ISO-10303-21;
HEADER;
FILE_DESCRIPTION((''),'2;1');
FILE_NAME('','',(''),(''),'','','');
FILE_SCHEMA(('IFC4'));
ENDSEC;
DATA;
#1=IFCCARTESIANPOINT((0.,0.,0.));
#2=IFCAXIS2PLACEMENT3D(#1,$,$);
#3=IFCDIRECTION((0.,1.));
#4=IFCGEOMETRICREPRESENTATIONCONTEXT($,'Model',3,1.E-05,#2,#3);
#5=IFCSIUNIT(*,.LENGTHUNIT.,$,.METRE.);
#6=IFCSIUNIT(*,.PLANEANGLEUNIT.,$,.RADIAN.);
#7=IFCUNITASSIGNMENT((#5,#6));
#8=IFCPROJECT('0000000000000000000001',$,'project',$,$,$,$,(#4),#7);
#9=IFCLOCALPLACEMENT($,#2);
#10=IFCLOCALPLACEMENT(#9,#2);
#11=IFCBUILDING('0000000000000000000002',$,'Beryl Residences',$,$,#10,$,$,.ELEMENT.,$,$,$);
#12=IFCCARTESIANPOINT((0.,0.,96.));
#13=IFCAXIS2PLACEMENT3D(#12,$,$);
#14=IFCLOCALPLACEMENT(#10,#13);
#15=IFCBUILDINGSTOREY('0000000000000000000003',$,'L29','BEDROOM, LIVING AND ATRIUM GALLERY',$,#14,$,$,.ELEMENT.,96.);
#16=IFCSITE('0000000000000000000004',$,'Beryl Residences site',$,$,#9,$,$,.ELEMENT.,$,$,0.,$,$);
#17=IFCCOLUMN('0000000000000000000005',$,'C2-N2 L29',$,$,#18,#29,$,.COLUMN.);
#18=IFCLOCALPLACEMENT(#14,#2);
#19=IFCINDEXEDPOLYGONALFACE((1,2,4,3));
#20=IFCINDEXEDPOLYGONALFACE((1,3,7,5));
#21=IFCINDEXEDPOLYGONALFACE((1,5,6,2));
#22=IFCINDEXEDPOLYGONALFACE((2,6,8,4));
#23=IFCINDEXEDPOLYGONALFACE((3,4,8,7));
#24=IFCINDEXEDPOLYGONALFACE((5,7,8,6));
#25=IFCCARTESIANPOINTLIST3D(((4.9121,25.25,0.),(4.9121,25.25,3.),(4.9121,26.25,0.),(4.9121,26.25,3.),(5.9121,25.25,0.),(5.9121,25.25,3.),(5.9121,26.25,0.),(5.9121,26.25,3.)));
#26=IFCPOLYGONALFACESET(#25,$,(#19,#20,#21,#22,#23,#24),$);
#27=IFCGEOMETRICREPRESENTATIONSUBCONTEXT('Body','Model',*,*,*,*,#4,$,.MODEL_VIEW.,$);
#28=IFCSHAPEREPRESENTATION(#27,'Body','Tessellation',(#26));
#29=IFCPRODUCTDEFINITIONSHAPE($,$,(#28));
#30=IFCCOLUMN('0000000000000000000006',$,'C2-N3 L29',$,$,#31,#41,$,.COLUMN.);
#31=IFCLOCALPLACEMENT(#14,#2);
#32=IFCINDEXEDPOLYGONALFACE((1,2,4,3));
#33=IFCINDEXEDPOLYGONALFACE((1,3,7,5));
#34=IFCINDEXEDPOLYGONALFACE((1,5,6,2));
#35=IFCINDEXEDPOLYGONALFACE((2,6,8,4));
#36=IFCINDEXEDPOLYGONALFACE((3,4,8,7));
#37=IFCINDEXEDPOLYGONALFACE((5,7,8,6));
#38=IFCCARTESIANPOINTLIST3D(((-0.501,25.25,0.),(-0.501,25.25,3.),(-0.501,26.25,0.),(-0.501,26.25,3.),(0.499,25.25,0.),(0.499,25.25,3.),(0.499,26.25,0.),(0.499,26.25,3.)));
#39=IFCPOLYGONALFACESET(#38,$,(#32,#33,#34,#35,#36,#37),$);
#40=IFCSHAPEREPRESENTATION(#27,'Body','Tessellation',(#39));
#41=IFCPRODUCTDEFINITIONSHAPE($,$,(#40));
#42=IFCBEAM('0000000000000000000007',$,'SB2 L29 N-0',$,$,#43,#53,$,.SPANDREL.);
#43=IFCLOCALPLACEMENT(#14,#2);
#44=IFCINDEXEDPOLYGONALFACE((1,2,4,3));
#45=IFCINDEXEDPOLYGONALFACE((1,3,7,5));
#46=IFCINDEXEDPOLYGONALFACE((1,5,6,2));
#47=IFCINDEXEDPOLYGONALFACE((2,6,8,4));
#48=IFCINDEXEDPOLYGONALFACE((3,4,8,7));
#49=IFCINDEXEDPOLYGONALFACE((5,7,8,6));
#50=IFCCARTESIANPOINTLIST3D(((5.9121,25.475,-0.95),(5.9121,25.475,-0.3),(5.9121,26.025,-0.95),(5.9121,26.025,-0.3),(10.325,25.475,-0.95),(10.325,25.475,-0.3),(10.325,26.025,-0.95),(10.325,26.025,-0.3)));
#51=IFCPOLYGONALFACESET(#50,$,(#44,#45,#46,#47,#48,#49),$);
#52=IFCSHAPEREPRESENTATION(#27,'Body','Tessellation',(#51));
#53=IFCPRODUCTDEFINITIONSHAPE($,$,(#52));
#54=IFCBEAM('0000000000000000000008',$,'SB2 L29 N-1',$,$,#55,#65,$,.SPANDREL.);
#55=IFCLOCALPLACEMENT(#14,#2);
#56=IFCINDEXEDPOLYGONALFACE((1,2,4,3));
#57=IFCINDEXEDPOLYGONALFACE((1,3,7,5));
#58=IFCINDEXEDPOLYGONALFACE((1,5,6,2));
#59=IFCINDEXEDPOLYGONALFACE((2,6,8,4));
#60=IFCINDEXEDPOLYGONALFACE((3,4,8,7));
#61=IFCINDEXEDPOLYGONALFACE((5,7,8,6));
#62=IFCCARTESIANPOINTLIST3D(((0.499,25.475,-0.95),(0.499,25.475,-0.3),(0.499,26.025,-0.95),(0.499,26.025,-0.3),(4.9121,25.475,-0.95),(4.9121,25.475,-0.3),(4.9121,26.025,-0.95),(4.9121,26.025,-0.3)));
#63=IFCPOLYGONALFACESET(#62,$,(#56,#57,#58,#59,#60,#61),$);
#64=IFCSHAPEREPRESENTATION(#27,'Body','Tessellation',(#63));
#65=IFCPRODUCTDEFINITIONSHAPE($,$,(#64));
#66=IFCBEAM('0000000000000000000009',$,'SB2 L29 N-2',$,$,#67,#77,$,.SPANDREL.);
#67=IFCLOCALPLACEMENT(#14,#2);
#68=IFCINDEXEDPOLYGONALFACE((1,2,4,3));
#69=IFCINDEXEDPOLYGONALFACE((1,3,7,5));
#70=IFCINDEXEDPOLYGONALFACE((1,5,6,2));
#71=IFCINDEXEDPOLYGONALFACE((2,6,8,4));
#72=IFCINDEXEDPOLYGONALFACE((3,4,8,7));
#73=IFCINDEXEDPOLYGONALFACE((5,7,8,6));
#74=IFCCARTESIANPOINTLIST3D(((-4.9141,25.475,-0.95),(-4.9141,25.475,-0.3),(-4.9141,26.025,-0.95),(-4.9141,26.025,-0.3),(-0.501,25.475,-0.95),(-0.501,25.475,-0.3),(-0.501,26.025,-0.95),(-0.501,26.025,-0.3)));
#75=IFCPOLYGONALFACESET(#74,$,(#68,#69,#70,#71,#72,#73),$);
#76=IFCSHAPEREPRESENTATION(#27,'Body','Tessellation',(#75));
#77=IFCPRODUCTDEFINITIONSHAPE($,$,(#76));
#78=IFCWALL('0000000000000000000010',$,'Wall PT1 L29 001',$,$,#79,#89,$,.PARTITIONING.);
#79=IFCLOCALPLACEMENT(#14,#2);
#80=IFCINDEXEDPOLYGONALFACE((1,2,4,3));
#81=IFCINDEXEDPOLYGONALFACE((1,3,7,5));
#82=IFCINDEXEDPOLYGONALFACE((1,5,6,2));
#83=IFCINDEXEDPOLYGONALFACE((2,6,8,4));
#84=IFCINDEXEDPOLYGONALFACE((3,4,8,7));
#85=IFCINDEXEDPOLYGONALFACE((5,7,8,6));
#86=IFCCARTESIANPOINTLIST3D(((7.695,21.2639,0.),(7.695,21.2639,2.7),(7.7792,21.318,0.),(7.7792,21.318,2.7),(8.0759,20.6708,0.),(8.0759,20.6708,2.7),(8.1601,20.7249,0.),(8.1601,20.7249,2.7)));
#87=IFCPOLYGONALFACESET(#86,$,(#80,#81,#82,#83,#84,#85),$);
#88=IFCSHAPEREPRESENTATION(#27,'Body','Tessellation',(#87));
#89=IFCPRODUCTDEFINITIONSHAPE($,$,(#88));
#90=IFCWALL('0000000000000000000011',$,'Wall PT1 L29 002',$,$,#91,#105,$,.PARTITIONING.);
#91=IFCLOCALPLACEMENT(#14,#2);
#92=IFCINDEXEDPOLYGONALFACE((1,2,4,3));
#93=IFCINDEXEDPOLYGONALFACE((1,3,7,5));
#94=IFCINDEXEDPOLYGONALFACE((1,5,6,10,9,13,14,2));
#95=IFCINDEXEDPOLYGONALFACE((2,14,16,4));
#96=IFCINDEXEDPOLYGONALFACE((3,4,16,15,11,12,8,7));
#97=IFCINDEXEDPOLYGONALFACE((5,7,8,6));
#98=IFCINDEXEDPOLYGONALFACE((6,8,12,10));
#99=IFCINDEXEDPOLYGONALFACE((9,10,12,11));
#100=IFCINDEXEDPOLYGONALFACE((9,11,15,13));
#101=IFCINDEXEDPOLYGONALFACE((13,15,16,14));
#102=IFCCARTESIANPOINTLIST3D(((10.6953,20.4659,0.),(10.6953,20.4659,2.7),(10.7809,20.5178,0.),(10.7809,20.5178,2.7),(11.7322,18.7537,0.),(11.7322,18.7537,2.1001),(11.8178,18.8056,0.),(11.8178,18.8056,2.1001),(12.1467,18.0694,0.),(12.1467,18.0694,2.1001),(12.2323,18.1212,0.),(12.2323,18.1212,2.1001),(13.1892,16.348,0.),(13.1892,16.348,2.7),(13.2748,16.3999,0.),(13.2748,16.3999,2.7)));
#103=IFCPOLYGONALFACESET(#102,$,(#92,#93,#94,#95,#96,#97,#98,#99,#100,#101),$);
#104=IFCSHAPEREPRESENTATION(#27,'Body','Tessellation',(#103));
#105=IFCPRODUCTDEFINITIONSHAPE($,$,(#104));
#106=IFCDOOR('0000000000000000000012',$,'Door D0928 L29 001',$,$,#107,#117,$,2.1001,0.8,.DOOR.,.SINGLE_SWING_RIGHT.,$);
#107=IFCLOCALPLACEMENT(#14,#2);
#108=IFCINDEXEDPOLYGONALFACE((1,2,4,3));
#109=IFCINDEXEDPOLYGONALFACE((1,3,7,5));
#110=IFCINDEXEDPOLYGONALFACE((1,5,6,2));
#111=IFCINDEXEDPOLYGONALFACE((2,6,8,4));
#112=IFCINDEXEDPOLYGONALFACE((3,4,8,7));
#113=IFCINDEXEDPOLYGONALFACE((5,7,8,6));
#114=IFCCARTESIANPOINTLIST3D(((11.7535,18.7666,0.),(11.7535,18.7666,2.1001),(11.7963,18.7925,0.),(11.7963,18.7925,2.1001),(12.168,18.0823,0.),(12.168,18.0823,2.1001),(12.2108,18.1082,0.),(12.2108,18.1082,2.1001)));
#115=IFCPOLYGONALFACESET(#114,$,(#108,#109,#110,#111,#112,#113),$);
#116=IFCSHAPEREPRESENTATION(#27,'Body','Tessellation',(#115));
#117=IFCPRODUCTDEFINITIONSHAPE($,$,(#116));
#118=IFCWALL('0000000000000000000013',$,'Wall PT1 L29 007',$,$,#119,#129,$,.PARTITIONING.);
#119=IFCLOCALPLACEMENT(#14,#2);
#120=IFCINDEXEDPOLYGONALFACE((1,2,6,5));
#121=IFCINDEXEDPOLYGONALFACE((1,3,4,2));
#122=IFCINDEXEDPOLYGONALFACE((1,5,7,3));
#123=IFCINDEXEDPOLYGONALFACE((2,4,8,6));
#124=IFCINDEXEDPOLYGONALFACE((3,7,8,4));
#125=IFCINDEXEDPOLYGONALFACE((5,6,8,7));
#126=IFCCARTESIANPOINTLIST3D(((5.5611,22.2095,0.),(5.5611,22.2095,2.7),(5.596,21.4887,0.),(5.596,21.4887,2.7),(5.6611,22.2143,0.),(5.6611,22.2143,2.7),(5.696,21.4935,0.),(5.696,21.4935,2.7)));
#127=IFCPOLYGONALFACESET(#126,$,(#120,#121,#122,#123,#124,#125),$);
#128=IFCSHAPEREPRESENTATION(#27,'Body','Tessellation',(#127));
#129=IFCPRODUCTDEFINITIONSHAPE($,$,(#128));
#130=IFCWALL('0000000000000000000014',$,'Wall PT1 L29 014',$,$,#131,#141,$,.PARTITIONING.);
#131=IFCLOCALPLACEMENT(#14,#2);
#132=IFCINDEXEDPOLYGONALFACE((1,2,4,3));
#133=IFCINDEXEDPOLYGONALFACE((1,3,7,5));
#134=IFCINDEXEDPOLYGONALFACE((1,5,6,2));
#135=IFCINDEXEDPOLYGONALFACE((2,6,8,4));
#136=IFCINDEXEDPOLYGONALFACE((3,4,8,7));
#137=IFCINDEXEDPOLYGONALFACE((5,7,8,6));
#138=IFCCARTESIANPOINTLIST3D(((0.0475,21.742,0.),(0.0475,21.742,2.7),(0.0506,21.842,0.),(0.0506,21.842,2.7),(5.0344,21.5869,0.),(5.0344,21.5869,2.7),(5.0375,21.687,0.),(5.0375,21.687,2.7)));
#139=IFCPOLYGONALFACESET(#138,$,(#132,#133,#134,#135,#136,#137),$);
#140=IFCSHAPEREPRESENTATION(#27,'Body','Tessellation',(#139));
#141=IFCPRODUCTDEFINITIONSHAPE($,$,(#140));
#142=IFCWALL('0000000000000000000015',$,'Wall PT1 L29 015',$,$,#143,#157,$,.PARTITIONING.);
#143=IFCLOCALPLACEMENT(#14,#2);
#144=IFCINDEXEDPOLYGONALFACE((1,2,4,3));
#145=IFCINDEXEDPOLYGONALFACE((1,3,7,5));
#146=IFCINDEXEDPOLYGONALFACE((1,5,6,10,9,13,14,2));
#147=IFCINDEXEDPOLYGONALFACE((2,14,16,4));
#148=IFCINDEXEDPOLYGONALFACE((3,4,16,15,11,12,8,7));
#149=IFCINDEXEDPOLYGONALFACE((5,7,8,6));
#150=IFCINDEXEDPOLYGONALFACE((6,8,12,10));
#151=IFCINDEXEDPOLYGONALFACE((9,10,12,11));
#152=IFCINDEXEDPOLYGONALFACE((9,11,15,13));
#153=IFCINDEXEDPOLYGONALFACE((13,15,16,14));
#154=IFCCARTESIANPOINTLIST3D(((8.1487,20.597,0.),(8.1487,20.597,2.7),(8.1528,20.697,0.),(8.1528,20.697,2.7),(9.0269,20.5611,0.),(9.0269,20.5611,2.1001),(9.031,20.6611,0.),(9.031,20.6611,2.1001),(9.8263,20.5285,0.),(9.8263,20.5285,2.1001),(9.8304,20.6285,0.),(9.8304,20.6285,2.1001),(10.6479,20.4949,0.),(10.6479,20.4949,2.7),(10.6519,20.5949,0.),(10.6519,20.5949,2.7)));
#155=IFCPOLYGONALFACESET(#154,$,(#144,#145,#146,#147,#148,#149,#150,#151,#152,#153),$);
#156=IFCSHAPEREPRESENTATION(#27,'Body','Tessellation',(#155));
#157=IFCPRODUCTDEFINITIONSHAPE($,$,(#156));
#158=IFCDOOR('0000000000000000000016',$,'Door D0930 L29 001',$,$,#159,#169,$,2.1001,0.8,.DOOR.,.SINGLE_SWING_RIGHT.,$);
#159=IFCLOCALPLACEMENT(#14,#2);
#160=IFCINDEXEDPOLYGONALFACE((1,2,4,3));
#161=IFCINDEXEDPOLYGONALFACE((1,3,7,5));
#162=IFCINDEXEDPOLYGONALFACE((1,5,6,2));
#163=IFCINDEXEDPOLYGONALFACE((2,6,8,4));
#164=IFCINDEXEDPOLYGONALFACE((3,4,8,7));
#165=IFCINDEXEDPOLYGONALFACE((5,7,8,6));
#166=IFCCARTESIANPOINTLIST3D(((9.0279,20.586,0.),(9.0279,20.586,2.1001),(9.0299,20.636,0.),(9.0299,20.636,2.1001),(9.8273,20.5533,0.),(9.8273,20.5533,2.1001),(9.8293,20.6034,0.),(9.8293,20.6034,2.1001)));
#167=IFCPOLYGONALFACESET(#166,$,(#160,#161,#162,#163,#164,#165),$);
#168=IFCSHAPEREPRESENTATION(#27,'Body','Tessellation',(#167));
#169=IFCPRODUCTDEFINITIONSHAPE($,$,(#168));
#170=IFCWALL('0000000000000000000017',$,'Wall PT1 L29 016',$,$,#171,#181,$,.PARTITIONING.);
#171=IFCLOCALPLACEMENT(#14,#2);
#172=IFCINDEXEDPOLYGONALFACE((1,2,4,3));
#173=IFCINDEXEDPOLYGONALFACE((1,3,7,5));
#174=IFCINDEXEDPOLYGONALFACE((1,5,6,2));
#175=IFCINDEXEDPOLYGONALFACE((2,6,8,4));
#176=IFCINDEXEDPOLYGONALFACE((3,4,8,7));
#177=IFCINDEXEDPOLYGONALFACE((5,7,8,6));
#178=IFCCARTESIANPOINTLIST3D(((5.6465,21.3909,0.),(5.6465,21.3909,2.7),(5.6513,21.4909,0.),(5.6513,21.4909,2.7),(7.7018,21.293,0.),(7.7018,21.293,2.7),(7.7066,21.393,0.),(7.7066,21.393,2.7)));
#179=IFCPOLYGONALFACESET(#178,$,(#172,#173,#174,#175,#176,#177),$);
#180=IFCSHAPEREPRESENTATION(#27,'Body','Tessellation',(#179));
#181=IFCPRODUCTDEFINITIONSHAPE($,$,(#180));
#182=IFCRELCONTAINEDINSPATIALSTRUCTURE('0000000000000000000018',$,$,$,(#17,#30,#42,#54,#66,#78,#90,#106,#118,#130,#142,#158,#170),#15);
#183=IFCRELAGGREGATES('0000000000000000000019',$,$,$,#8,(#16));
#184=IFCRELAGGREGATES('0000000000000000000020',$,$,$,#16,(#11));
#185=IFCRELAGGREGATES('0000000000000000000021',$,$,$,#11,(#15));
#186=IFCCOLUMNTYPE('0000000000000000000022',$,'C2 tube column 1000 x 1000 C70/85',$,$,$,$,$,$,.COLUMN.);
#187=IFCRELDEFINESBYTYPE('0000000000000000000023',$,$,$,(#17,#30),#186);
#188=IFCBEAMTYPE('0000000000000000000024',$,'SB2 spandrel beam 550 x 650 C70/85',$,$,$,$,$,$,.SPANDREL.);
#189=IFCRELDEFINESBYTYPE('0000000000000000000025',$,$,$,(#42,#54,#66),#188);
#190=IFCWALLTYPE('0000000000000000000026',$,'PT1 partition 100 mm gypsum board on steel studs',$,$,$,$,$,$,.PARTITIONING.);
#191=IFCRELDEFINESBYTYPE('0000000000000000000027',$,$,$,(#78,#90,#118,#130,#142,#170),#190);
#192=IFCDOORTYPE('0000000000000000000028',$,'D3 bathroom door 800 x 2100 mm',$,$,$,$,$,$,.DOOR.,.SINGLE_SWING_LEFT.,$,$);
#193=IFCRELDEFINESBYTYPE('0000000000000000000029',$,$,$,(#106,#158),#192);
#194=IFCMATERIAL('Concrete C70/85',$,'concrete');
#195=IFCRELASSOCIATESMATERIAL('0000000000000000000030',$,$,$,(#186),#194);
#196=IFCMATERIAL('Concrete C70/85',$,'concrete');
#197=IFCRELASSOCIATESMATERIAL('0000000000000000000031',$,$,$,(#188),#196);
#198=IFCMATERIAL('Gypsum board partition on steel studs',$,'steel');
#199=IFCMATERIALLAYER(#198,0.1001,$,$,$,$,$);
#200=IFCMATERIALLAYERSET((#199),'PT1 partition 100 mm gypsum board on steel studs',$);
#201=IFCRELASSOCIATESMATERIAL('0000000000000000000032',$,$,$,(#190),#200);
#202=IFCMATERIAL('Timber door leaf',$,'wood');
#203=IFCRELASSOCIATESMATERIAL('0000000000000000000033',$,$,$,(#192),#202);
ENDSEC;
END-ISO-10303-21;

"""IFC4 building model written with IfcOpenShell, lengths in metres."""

from ifc_helpers import new_model, si_unit, direction, frame, frame_2d, origin, origin_2d, place, context, subcontext, project, spatial, rectangle, extrude, material, layer, layer_set, material_profile, profile_set, type_object, element, fill, save


model = new_model("IFC4")

# Units and contexts
model_context = context("Model", 3, precision=1e-05, world=origin(), true_north=direction((0.0, 1.0)))
body_context = subcontext(model_context, "Body", "Model", "MODEL_VIEW")
ifc_project = project(units=[si_unit("LENGTHUNIT", "METRE"), si_unit("PLANEANGLEUNIT", "RADIAN")], contexts=[model_context])

# Site, building, storey
site_placement = place(None, origin())
site = spatial("IfcSite", under=ifc_project, at=site_placement, Name="Beryl Residences site", CompositionType="ELEMENT", RefElevation=0.0)
building_placement = place(site_placement, origin())
building = spatial("IfcBuilding", under=site, at=building_placement, Name="Beryl Residences", CompositionType="ELEMENT")
storey_placement = place(building_placement, frame((0.0, 0.0, 96.0)))
storey = spatial("IfcBuildingStorey", under=building, at=storey_placement, Name="L29", Description="BEDROOM, LIVING AND ATRIUM GALLERY", CompositionType="ELEMENT", Elevation=96.0)

# Columns
ifc_material_1 = material(Name="Concrete C70/85", Category="concrete")
ifc_material_profile_1 = material_profile(ifc_material_1, rectangle(XDim=1.0, YDim=1.0, at=origin_2d()))
ifc_profile_set_1 = profile_set([ifc_material_profile_1], Name="Concrete C70/85")
column_type = type_object("IfcColumnType", Name="C2 tube column 1000 x 1000 C70/85", PredefinedType="COLUMN", material=ifc_profile_set_1)
for number, where, z_axis, x_axis, name in (
    (1, (5.4121, 25.75, 0.0), (0.0, 0.0, 1.0), (-1.0, 0.0, 0.0), "C2-N2 L29"),
    (2, (-0.001, 25.75, 0.0), (0.0, 0.0, 1.0), (-1.0, 0.0, 0.0), "C2-N3 L29"),
):
    element("IfcColumn", number, at=place(storey_placement, frame(where, z_axis=z_axis, x_axis=x_axis)), inside=storey, type_object=column_type, Name=name, PredefinedType="COLUMN", context=body_context, shape_type="SweptSolid", body=[
        extrude(rectangle(XDim=1.0, YDim=1.0, at=origin_2d()), origin(), (0.0, 0.0, 1.0), 3.0),
    ])

# Beams
ifc_material_2 = material(Name="Concrete C70/85", Category="concrete")
ifc_material_profile_2 = material_profile(ifc_material_2, rectangle(XDim=0.55, YDim=0.6499, at=origin_2d()))
ifc_profile_set_2 = profile_set([ifc_material_profile_2], Name="Concrete C70/85")
beam_type = type_object("IfcBeamType", Name="SB2 spandrel beam 550 x 650 C70/85", PredefinedType="SPANDREL", material=ifc_profile_set_2)
beam_placement = place(storey_placement, frame((10.325, 25.75, -0.625), z_axis=(-1.0, 0.0, 0.0), x_axis=(0.0, -1.0, 0.0)))
element("IfcBeam", 3, at=beam_placement, inside=storey, type_object=beam_type, Name="SB2 L29 N-0", PredefinedType="SPANDREL", context=body_context, shape_type="SweptSolid", body=[
    extrude(rectangle(XDim=0.55, YDim=0.6499, at=origin_2d()), origin(), (0.0, 0.0, 1.0), 4.4128),
])
for number, where, z_axis, x_axis, name in (
    (4, (4.9121, 25.75, -0.625), (-1.0, 0.0, 0.0), (0.0, -1.0, 0.0), "SB2 L29 N-1"),
    (5, (-0.501, 25.75, -0.625), (-1.0, 0.0, 0.0), (0.0, -1.0, 0.0), "SB2 L29 N-2"),
):
    element("IfcBeam", number, at=place(storey_placement, frame(where, z_axis=z_axis, x_axis=x_axis)), inside=storey, type_object=beam_type, Name=name, PredefinedType="SPANDREL", context=body_context, shape_type="SweptSolid", body=[
        extrude(rectangle(XDim=0.55, YDim=0.6499, at=origin_2d()), origin(), (0.0, 0.0, 1.0), 4.4131),
    ])

# Wall
ifc_material_3 = material(Name="Gypsum board partition on steel studs", Category="steel")
ifc_layer_1 = layer(ifc_material_3, 0.1001)
ifc_layer_set_1 = layer_set([ifc_layer_1], Name="PT1 partition 100 mm gypsum board on steel studs")
wall_type_1 = type_object("IfcWallType", Name="PT1 partition 100 mm gypsum board on steel studs", PredefinedType="PARTITIONING", material=ifc_layer_set_1)
wall_1_placement = place(storey_placement, frame((7.7371, 21.291, 0.0), z_axis=(0.0, 0.0, 1.0), x_axis=(0.54039, -0.841415, 0.0)))
element("IfcWall", 6, at=wall_1_placement, inside=storey, type_object=wall_type_1, Name="Wall PT1 L29 001", PredefinedType="PARTITIONING", context=body_context, shape_type="SweptSolid", body=[
    extrude(rectangle(XDim=0.7048, YDim=0.1001, at=frame_2d((0.3525, 0.0))), origin(), (0.0, 0.0, 1.0), 2.7),
])

# Wall, opening, door
wall_2_placement = place(storey_placement, frame((10.738, 20.4919, 0.0), z_axis=(0.0, 0.0, 1.0), x_axis=(0.518026, -0.855365, 0.0)))
wall_2 = element("IfcWall", 7, at=wall_2_placement, inside=storey, type_object=wall_type_1, Name="Wall PT1 L29 002", PredefinedType="PARTITIONING", context=body_context, shape_type="SweptSolid", body=[
    extrude(rectangle(XDim=4.8142, YDim=0.1001, at=frame_2d((2.4072, 0.0))), origin(), (0.0, 0.0, 1.0), 2.7),
])
opening_1_placement = place(wall_2_placement, frame((2.002, 0.0, 0.0)))
opening_1 = element("IfcOpeningElement", 8, at=opening_1_placement, cuts=wall_2, PredefinedType="OPENING", context=body_context, shape_type="SweptSolid", body=[
    extrude(rectangle(XDim=0.8, YDim=2.1001, at=frame_2d((0.3999, 1.05))), frame((0.0, 0.0601, 0.0), z_axis=(0.0, -1.0, 0.0), x_axis=(1.0, 0.0, 0.0)), (0.0, 0.0, 1.0), 0.1201),
])
ifc_material_4 = material(Name="Timber door leaf", Category="wood")
door_type_1 = type_object("IfcDoorType", Name="D3 bathroom door 800 x 2100 mm", OperationType="SINGLE_SWING_LEFT", PredefinedType="DOOR", material=ifc_material_4)
door_1_placement = place(opening_1_placement, origin())
door_1 = element("IfcDoor", 9, at=door_1_placement, inside=storey, type_object=door_type_1, Name="Door D0928 L29 001", OperationType="SINGLE_SWING_RIGHT", OverallHeight=2.1001, OverallWidth=0.8, PredefinedType="DOOR", context=body_context, shape_type="SweptSolid", body=[
    extrude(rectangle(XDim=0.8, YDim=2.1001, at=frame_2d((0.3999, 1.05))), frame((0.0, 0.0249, 0.0), z_axis=(0.0, -1.0, 0.0), x_axis=(1.0, 0.0, 0.0)), (0.0, 0.0, 1.0), 0.05),
])
fill(opening_1, door_1)

# Walls
wall_3_placement = place(storey_placement, frame((5.6111, 22.2119, 0.0), z_axis=(0.0, 0.0, 1.0), x_axis=(0.048369, -0.99883, 0.0)))
element("IfcWall", 10, at=wall_3_placement, inside=storey, type_object=wall_type_1, Name="Wall PT1 L29 007", PredefinedType="PARTITIONING", context=body_context, shape_type="SweptSolid", body=[
    extrude(rectangle(XDim=0.7217, YDim=0.1001, at=frame_2d((0.3608, 0.0))), origin(), (0.0, 0.0, 1.0), 2.7),
])
wall_4_placement = place(storey_placement, frame((0.0491, 21.792, 0.0), z_axis=(0.0, 0.0, 1.0), x_axis=(0.999517, -0.031073, 0.0)))
element("IfcWall", 11, at=wall_4_placement, inside=storey, type_object=wall_type_1, Name="Wall PT1 L29 014", PredefinedType="PARTITIONING", context=body_context, shape_type="SweptSolid", body=[
    extrude(rectangle(XDim=4.9893, YDim=0.1001, at=frame_2d((2.4946, 0.0))), origin(), (0.0, 0.0, 1.0), 2.7),
])

# Wall, opening, door
wall_5_placement = place(storey_placement, frame((8.1509, 20.647, 0.0), z_axis=(0.0, 0.0, 1.0), x_axis=(0.999167, -0.040802, 0.0)))
wall_5 = element("IfcWall", 12, at=wall_5_placement, inside=storey, type_object=wall_type_1, Name="Wall PT1 L29 015", PredefinedType="PARTITIONING", context=body_context, shape_type="SweptSolid", body=[
    extrude(rectangle(XDim=2.5012, YDim=0.1001, at=frame_2d((1.2505, 0.0))), origin(), (0.0, 0.0, 1.0), 2.7),
])
opening_2_placement = place(wall_5_placement, frame((0.8789, 0.0, 0.0)))
opening_2 = element("IfcOpeningElement", 13, at=opening_2_placement, cuts=wall_5, PredefinedType="OPENING", context=body_context, shape_type="SweptSolid", body=[
    extrude(rectangle(XDim=0.8, YDim=2.1001, at=frame_2d((0.3999, 1.05))), frame((0.0, 0.0601, 0.0), z_axis=(0.0, -1.0, 0.0), x_axis=(1.0, 0.0, 0.0)), (0.0, 0.0, 1.0), 0.1201),
])
door_2_placement = place(opening_2_placement, origin())
door_2 = element("IfcDoor", 14, at=door_2_placement, inside=storey, type_object=door_type_1, Name="Door D0930 L29 001", OperationType="SINGLE_SWING_RIGHT", OverallHeight=2.1001, OverallWidth=0.8, PredefinedType="DOOR", context=body_context, shape_type="SweptSolid", body=[
    extrude(rectangle(XDim=0.8, YDim=2.1001, at=frame_2d((0.3999, 1.05))), frame((0.0, 0.0249, 0.0), z_axis=(0.0, -1.0, 0.0), x_axis=(1.0, 0.0, 0.0)), (0.0, 0.0, 1.0), 0.05),
])
fill(opening_2, door_2)

# Wall
wall_6_placement = place(storey_placement, frame((5.6489, 21.4409, 0.0), z_axis=(0.0, 0.0, 1.0), x_axis=(0.998867, -0.047582, 0.0)))
element("IfcWall", 15, at=wall_6_placement, inside=storey, type_object=wall_type_1, Name="Wall PT1 L29 016", PredefinedType="PARTITIONING", context=body_context, shape_type="SweptSolid", body=[
    extrude(rectangle(XDim=2.0576, YDim=0.1001, at=frame_2d((1.0288, 0.0))), origin(), (0.0, 0.0, 1.0), 2.7),
])

save(model, "model.ifc")
